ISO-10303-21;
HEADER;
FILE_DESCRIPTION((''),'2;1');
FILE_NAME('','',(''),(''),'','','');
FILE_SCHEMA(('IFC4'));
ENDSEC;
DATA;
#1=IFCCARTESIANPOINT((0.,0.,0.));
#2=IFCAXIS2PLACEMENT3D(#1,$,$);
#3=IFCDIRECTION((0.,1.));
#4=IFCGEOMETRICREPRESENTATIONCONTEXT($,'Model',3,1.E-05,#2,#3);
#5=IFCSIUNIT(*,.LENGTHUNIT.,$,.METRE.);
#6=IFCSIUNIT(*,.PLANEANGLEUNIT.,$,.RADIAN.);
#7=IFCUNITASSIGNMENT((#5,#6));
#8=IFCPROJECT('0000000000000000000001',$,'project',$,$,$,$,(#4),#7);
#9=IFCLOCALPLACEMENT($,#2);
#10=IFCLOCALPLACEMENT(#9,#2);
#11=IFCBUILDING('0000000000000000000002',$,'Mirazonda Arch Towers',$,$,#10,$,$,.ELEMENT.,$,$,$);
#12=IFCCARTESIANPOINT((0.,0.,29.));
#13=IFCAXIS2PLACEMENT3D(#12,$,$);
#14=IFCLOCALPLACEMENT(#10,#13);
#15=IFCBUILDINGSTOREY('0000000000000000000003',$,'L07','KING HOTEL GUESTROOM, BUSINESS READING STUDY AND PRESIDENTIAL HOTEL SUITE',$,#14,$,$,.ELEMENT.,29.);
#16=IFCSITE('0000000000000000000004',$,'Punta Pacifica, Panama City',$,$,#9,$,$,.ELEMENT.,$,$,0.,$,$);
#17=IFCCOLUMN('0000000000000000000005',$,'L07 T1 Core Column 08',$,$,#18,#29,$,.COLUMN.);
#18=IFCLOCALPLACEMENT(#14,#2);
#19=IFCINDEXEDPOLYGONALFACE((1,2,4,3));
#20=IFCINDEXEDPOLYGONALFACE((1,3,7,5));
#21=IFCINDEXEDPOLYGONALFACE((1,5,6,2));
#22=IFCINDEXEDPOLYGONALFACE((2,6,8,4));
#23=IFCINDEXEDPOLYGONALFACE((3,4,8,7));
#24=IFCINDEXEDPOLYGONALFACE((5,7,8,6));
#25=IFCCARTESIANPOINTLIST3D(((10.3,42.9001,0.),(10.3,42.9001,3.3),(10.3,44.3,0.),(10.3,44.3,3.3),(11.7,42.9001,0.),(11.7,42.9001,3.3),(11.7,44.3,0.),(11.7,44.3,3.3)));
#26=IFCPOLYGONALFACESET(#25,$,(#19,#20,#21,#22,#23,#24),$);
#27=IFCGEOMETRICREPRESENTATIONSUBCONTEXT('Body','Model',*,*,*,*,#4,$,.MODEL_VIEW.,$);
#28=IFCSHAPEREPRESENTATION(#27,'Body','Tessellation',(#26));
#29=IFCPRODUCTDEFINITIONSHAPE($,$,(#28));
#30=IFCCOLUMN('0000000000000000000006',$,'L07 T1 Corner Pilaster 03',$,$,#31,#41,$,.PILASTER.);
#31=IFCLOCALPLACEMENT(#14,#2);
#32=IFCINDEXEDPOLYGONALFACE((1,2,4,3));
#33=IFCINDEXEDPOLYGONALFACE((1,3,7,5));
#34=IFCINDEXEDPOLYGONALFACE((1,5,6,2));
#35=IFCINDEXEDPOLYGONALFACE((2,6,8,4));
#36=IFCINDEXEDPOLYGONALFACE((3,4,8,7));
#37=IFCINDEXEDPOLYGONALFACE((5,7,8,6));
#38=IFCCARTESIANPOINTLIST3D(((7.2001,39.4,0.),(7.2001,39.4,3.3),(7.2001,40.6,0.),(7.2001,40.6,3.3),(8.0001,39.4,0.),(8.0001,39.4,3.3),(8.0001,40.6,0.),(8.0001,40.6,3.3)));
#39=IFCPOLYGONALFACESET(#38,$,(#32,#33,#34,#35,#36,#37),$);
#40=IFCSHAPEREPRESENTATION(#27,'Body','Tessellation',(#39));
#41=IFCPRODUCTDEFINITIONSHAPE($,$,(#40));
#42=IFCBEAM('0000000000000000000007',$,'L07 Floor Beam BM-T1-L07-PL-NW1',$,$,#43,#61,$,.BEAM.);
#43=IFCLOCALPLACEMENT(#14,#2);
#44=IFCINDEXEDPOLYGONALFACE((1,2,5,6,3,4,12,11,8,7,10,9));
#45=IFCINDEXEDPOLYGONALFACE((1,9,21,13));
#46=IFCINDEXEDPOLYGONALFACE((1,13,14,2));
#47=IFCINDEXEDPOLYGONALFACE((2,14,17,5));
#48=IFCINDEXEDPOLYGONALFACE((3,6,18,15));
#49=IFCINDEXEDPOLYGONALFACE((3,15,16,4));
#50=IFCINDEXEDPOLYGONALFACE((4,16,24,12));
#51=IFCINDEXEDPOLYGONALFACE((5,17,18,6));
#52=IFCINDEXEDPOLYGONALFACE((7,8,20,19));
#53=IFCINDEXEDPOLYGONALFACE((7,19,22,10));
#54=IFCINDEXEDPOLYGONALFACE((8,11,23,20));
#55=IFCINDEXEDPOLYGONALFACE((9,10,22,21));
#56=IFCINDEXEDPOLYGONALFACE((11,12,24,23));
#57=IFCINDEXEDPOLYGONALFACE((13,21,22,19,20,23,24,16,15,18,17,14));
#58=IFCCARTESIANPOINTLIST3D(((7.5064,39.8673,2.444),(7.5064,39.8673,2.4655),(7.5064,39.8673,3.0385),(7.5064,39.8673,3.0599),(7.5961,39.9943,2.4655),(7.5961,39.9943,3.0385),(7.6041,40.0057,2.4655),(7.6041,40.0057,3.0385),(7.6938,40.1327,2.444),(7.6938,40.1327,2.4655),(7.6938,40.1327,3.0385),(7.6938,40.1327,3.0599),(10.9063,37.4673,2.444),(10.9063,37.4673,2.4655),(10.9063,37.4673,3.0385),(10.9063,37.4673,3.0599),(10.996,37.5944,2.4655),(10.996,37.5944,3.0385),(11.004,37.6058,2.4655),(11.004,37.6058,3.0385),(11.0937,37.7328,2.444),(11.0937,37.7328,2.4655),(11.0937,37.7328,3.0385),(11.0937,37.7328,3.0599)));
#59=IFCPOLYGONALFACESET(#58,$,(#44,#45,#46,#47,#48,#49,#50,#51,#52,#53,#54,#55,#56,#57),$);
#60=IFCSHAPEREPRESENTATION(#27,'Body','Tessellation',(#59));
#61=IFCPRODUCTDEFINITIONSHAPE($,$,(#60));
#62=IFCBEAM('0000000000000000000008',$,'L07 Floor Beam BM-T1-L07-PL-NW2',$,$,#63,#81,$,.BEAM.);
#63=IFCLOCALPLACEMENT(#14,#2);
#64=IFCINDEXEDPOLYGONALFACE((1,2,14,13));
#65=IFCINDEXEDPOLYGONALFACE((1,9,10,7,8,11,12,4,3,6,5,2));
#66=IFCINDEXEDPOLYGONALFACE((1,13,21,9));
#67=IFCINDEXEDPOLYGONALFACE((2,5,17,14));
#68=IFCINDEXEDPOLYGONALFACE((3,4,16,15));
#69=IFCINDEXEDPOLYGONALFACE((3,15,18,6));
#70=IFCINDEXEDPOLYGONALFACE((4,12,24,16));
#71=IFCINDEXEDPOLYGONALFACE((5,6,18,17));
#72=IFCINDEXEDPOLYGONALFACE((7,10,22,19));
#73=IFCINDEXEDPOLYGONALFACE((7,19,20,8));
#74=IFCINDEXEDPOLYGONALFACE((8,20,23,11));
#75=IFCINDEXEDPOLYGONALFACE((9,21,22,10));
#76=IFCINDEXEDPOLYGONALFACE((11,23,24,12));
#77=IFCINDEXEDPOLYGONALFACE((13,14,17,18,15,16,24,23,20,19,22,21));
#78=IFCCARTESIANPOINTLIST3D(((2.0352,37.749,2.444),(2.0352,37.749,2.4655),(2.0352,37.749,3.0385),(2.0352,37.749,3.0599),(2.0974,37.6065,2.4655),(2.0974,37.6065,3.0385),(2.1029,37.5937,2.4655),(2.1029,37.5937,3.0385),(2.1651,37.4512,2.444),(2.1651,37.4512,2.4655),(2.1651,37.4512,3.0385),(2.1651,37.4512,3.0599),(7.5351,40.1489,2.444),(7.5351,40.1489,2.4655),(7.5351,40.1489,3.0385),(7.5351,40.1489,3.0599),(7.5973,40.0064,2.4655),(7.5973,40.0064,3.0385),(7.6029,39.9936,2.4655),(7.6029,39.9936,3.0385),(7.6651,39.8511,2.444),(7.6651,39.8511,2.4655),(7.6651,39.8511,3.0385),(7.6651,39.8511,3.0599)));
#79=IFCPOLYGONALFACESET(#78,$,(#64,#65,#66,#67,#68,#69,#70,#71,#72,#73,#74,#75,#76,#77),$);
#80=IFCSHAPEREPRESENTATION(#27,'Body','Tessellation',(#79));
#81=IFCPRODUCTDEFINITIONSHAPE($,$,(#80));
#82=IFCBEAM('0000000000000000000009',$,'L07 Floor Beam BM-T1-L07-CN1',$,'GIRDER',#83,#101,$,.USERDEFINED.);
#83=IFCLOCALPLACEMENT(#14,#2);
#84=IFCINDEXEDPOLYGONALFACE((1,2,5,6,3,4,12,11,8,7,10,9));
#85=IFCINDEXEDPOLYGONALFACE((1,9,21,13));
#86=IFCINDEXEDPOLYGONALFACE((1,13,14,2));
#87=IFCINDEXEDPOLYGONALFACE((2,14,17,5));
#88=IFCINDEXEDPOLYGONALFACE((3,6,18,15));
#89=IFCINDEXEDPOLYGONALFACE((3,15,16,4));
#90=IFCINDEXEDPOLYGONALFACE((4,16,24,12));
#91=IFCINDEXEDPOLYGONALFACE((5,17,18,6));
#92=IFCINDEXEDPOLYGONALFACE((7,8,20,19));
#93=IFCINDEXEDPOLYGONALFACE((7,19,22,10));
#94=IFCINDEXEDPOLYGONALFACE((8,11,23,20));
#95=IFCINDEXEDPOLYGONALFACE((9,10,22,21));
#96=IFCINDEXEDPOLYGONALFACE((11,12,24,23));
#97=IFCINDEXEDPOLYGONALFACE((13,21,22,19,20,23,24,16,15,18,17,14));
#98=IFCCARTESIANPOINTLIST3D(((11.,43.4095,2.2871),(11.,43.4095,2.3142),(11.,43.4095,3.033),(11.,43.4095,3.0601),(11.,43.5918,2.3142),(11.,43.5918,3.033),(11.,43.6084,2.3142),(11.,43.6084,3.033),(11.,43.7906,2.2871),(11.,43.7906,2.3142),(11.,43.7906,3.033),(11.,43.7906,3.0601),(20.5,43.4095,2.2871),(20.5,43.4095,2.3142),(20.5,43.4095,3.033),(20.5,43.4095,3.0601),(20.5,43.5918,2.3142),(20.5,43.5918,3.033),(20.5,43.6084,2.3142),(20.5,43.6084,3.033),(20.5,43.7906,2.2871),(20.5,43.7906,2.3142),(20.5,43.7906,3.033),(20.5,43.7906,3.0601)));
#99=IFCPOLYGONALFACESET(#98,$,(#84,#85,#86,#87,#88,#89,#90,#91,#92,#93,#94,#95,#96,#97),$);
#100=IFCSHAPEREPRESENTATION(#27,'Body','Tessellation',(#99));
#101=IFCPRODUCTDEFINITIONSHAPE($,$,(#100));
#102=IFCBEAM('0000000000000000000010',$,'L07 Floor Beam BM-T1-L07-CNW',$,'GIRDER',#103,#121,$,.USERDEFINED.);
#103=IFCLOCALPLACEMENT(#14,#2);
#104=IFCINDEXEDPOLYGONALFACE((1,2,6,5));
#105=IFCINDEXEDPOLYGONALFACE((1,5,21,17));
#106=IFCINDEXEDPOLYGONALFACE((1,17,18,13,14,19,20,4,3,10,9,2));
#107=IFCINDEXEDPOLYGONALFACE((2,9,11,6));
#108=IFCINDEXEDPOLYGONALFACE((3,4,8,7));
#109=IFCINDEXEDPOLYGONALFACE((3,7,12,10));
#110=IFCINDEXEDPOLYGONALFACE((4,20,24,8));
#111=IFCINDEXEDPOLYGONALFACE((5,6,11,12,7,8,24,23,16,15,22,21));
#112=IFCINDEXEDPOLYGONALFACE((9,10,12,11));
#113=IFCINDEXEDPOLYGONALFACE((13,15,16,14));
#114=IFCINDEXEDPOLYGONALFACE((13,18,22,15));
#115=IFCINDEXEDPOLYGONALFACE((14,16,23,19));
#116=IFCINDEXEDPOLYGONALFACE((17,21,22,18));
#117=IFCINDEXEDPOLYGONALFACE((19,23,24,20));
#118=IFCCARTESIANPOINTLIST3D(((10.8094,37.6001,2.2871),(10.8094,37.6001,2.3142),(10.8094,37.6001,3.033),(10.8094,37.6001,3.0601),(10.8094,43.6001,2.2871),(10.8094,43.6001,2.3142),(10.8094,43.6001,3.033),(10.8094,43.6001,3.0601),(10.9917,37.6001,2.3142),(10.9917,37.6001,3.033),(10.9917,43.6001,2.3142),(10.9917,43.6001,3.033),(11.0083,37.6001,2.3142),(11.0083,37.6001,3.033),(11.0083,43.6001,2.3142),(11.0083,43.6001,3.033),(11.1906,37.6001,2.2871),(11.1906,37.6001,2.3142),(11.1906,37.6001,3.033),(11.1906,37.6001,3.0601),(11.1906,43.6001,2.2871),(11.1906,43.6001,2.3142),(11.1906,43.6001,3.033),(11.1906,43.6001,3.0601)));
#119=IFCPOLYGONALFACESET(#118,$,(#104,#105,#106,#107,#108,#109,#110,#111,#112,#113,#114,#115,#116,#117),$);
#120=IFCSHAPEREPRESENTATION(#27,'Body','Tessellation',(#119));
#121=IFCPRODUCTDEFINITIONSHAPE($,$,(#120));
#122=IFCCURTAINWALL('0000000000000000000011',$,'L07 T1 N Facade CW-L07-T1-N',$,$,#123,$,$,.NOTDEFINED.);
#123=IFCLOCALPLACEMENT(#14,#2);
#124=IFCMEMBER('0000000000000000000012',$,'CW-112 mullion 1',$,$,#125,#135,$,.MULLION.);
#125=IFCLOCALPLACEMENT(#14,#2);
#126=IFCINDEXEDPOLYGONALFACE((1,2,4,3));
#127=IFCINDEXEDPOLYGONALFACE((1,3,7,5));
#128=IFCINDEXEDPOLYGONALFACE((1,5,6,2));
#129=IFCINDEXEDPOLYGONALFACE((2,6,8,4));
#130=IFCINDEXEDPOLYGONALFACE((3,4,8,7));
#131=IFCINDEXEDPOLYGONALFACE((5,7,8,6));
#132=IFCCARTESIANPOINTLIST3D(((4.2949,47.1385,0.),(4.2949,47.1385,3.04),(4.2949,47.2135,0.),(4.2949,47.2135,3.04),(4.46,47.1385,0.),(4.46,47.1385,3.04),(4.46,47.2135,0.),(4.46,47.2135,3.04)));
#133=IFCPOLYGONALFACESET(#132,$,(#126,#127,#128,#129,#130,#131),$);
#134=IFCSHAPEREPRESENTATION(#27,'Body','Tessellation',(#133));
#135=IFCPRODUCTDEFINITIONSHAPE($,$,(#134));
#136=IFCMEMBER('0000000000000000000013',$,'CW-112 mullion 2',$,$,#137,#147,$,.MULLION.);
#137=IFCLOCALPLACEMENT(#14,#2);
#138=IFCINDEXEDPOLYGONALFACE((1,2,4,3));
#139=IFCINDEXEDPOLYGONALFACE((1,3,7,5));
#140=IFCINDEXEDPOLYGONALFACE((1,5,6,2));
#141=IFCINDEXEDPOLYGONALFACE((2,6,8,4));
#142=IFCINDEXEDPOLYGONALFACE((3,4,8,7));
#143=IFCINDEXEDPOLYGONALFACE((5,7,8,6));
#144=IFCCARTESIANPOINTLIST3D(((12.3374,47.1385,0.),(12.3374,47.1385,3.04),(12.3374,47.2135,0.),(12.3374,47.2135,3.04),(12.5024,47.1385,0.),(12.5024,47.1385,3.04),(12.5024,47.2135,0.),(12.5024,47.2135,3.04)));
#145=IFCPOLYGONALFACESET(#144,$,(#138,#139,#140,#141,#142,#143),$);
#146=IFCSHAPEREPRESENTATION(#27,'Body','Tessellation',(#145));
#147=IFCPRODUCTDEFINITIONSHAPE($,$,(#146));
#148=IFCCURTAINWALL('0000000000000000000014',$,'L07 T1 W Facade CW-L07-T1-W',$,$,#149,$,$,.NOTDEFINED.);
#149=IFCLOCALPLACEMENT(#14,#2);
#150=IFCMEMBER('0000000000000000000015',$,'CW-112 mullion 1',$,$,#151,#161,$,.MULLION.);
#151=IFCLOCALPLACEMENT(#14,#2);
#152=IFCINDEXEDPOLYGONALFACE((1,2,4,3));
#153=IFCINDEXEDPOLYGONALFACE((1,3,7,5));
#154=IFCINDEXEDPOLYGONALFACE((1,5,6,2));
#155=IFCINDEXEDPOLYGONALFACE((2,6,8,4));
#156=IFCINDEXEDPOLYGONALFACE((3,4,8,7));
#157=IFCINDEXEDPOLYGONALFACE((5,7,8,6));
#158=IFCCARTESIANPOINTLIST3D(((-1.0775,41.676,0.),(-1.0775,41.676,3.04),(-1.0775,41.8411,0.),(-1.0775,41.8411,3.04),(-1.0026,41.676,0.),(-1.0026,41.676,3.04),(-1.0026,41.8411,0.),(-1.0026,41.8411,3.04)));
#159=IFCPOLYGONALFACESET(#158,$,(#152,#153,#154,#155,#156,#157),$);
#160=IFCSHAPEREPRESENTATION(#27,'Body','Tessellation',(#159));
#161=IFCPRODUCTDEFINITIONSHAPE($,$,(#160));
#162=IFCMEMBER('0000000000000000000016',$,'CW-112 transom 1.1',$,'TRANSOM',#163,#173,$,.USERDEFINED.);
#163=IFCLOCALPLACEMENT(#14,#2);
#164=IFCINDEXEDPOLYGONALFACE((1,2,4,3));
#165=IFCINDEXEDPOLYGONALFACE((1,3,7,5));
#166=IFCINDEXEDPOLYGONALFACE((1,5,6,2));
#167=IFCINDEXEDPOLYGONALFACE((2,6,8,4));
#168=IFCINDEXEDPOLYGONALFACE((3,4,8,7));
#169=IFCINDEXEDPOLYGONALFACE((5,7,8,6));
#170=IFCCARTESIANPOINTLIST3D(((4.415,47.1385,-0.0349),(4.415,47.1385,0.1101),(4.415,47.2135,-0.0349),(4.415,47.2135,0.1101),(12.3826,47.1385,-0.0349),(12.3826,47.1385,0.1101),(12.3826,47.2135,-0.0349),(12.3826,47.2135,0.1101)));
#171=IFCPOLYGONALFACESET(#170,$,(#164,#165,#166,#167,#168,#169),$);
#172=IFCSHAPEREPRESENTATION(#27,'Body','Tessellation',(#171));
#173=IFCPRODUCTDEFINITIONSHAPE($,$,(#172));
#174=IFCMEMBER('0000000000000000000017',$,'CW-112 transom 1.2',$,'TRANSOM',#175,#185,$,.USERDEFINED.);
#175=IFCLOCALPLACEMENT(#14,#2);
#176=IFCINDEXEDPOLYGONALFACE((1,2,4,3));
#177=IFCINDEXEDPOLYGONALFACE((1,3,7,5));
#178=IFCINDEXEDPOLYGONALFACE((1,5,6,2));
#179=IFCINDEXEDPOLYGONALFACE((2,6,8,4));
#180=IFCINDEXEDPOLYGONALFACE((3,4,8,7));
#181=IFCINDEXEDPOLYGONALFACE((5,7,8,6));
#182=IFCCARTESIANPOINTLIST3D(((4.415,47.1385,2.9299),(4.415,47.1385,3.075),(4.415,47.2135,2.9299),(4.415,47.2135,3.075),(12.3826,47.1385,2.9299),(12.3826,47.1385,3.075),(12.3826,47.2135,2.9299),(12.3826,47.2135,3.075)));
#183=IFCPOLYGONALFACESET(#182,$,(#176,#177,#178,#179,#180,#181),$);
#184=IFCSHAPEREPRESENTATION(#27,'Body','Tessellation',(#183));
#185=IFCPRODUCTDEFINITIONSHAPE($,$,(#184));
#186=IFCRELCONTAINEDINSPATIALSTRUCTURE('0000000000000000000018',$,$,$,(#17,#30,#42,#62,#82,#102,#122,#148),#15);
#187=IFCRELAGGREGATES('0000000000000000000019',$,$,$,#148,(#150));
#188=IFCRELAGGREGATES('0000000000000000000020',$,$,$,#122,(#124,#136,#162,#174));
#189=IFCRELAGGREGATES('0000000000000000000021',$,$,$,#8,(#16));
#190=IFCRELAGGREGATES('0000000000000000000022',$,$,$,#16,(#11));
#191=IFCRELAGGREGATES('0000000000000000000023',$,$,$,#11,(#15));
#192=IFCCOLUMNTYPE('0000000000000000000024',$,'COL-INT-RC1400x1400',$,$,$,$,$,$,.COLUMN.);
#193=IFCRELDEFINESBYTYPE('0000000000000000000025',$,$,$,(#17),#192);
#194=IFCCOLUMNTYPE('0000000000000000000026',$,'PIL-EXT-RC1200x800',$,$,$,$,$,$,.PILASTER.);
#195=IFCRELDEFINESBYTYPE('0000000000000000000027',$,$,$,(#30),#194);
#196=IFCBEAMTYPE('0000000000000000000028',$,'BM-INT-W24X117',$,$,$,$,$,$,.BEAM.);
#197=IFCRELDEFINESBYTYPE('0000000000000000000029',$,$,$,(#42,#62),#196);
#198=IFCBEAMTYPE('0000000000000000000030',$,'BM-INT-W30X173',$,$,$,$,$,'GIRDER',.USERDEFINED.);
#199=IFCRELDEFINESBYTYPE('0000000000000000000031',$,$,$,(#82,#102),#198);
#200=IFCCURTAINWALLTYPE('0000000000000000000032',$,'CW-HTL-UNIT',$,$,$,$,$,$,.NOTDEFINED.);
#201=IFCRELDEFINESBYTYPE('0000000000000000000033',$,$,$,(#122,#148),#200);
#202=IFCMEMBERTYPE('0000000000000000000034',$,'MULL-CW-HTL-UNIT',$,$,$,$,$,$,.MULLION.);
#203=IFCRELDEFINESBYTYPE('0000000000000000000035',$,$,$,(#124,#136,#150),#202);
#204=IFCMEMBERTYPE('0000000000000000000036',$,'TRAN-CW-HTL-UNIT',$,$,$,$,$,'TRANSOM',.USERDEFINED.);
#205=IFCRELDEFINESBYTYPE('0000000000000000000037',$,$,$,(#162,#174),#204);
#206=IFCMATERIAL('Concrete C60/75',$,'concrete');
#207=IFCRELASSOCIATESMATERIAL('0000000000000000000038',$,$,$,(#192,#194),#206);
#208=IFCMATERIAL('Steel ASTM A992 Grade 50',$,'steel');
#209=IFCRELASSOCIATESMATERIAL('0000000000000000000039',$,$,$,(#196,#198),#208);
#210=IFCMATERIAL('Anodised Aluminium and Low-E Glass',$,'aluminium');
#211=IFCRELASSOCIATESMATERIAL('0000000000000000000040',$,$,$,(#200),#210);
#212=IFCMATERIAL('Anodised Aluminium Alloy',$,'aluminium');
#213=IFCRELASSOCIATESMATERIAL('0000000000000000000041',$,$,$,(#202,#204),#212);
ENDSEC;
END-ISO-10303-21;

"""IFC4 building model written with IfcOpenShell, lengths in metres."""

from ifc_helpers import new_model, si_unit, direction, frame, origin, origin_2d, place, context, subcontext, project, spatial, rectangle, i_section, extrude, material, material_profile, profile_set, type_object, element, aggregate, save


model = new_model("IFC4")

# Units and contexts
model_context = context("Model", 3, precision=1e-05, world=origin(), true_north=direction((0.0, 1.0)))
body_context = subcontext(model_context, "Body", "Model", "MODEL_VIEW")
ifc_project = project(units=[si_unit("LENGTHUNIT", "METRE"), si_unit("PLANEANGLEUNIT", "RADIAN")], contexts=[model_context])

# Site, building, storey
site_placement = place(None, origin())
site = spatial("IfcSite", under=ifc_project, at=site_placement, Name="Punta Pacifica, Panama City", CompositionType="ELEMENT", RefElevation=0.0)
building_placement = place(site_placement, origin())
building = spatial("IfcBuilding", under=site, at=building_placement, Name="Mirazonda Arch Towers", CompositionType="ELEMENT")
storey_placement = place(building_placement, frame((0.0, 0.0, 29.0)))
storey = spatial("IfcBuildingStorey", under=building, at=storey_placement, Name="L07", Description="KING HOTEL GUESTROOM, BUSINESS READING STUDY AND PRESIDENTIAL HOTEL SUITE", CompositionType="ELEMENT", Elevation=29.0)

# Columns
ifc_material_1 = material(Name="Concrete C60/75", Category="concrete")
ifc_material_profile_1 = material_profile(ifc_material_1, rectangle(XDim=1.3999, YDim=1.3999, at=origin_2d()), Name="RC1400x1400")
ifc_profile_set_1 = profile_set([ifc_material_profile_1], Name="Concrete C60/75")
column_type_1 = type_object("IfcColumnType", Name="COL-INT-RC1400x1400", PredefinedType="COLUMN", material=ifc_profile_set_1)
column_1_placement = place(storey_placement, frame((11.0, 43.6001, 0.0), z_axis=(0.0, 0.0, 1.0), x_axis=(1.0, 0.0, 0.0)))
element("IfcColumn", 1, at=column_1_placement, inside=storey, type_object=column_type_1, Name="L07 T1 Core Column 08", PredefinedType="COLUMN", context=body_context, shape_type="SweptSolid", body=[
    extrude(rectangle(XDim=1.3999, YDim=1.3999, at=origin_2d()), origin(), (0.0, 0.0, 1.0), 3.3),
])
ifc_material_profile_2 = material_profile(ifc_material_1, rectangle(XDim=0.8, YDim=1.2, at=origin_2d()), Name="RC1200x800")
ifc_profile_set_2 = profile_set([ifc_material_profile_2], Name="Concrete C60/75")
column_type_2 = type_object("IfcColumnType", Name="PIL-EXT-RC1200x800", PredefinedType="PILASTER", material=ifc_profile_set_2)
column_2_placement = place(storey_placement, frame((7.6001, 40.0, 0.0), z_axis=(0.0, 0.0, 1.0), x_axis=(1.0, 0.0, 0.0)))
element("IfcColumn", 2, at=column_2_placement, inside=storey, type_object=column_type_2, Name="L07 T1 Corner Pilaster 03", PredefinedType="PILASTER", context=body_context, shape_type="SweptSolid", body=[
    extrude(rectangle(XDim=0.8, YDim=1.2, at=origin_2d()), origin(), (0.0, 0.0, 1.0), 3.3),
])

# Beams
ifc_material_2 = material(Name="Steel ASTM A992 Grade 50", Category="steel")
ifc_material_profile_3 = material_profile(ifc_material_2, i_section(OverallWidth=0.325, OverallDepth=0.616, WebThickness=0.0139, FlangeThickness=0.0215, at=origin_2d()), Name="W24X117")
ifc_profile_set_3 = profile_set([ifc_material_profile_3], Name="Steel ASTM A992 Grade 50")
beam_type_1 = type_object("IfcBeamType", Name="BM-INT-W24X117", PredefinedType="BEAM", material=ifc_profile_set_3)
beam_1_placement = place(storey_placement, frame((7.6001, 40.0, 2.752), z_axis=(0.816971, -0.576679, 0.0), x_axis=(0.576679, 0.816971, 0.0)))
element("IfcBeam", 3, at=beam_1_placement, inside=storey, type_object=beam_type_1, Name="L07 Floor Beam BM-T1-L07-PL-NW1", PredefinedType="BEAM", context=body_context, shape_type="SweptSolid", body=[
    extrude(i_section(OverallWidth=0.325, OverallDepth=0.616, WebThickness=0.0139, FlangeThickness=0.0215, at=origin_2d()), origin(), (0.0, 0.0, 1.0), 4.1616),
])
beam_2_placement = place(storey_placement, frame((7.6001, 40.0, 2.752), z_axis=(-0.916545, -0.399931, 0.0), x_axis=(0.399931, -0.916545, 0.0)))
element("IfcBeam", 4, at=beam_2_placement, inside=storey, type_object=beam_type_1, Name="L07 Floor Beam BM-T1-L07-PL-NW2", PredefinedType="BEAM", context=body_context, shape_type="SweptSolid", body=[
    extrude(i_section(OverallWidth=0.325, OverallDepth=0.616, WebThickness=0.0139, FlangeThickness=0.0215, at=origin_2d()), origin(), (0.0, 0.0, 1.0), 6.0007),
])
ifc_material_profile_4 = material_profile(ifc_material_2, i_section(OverallWidth=0.3811, OverallDepth=0.7729, WebThickness=0.0166, FlangeThickness=0.0271, at=origin_2d()), Name="W30X173")
ifc_profile_set_4 = profile_set([ifc_material_profile_4], Name="Steel ASTM A992 Grade 50")
beam_type_2 = type_object("IfcBeamType", Name="BM-INT-W30X173", ElementType="GIRDER", PredefinedType="USERDEFINED", material=ifc_profile_set_4)
beam_3_placement = place(storey_placement, frame((11.0, 43.6001, 2.6736), z_axis=(1.0, 0.0, 0.0), x_axis=(0.0, 1.0, 0.0)))
element("IfcBeam", 5, at=beam_3_placement, inside=storey, type_object=beam_type_2, Name="L07 Floor Beam BM-T1-L07-CN1", ObjectType="GIRDER", PredefinedType="USERDEFINED", context=body_context, shape_type="SweptSolid", body=[
    extrude(i_section(OverallWidth=0.3811, OverallDepth=0.7729, WebThickness=0.0166, FlangeThickness=0.0271, at=origin_2d()), origin(), (0.0, 0.0, 1.0), 9.5),
])
beam_4_placement = place(storey_placement, frame((11.0, 37.6001, 2.6736), z_axis=(0.0, 1.0, 0.0), x_axis=(-1.0, 0.0, 0.0)))
element("IfcBeam", 6, at=beam_4_placement, inside=storey, type_object=beam_type_2, Name="L07 Floor Beam BM-T1-L07-CNW", ObjectType="GIRDER", PredefinedType="USERDEFINED", context=body_context, shape_type="SweptSolid", body=[
    extrude(i_section(OverallWidth=0.3811, OverallDepth=0.7729, WebThickness=0.0166, FlangeThickness=0.0271, at=origin_2d()), origin(), (0.0, 0.0, 1.0), 6.0),
])

# Curtain wall, members
ifc_material_3 = material(Name="Anodised Aluminium and Low-E Glass", Category="aluminium")
curtain_wall_type = type_object("IfcCurtainWallType", Name="CW-HTL-UNIT", PredefinedType="NOTDEFINED", material=ifc_material_3)
curtain_wall_1_placement = place(storey_placement, origin())
curtain_wall_1 = element("IfcCurtainWall", 7, at=curtain_wall_1_placement, inside=storey, type_object=curtain_wall_type, Name="L07 T1 N Facade CW-L07-T1-N", PredefinedType="NOTDEFINED")
ifc_material_4 = material(Name="Anodised Aluminium Alloy", Category="aluminium")
ifc_material_profile_5 = material_profile(ifc_material_4, rectangle(XDim=0.075, YDim=0.165, at=origin_2d()), Name="ALU-MULL-75x165")
ifc_profile_set_5 = profile_set([ifc_material_profile_5], Name="Anodised Aluminium Alloy")
member_type_1 = type_object("IfcMemberType", Name="MULL-CW-HTL-UNIT", PredefinedType="MULLION", material=ifc_profile_set_5)
member_1_placement = place(storey_placement, frame((4.3774, 47.176, 0.0), z_axis=(0.0, 0.0, 1.0), x_axis=(0.0, 1.0, 0.0)))
member_1 = element("IfcMember", 8, at=member_1_placement, type_object=member_type_1, Name="CW-112 mullion 1", PredefinedType="MULLION", context=body_context, shape_type="SweptSolid", body=[
    extrude(rectangle(XDim=0.075, YDim=0.165, at=origin_2d()), origin(), (0.0, 0.0, 1.0), 3.04),
])
member_2_placement = place(storey_placement, frame((12.4199, 47.176, 0.0), z_axis=(0.0, 0.0, 1.0), x_axis=(0.0, 1.0, 0.0)))
member_2 = element("IfcMember", 9, at=member_2_placement, type_object=member_type_1, Name="CW-112 mullion 2", PredefinedType="MULLION", context=body_context, shape_type="SweptSolid", body=[
    extrude(rectangle(XDim=0.075, YDim=0.165, at=origin_2d()), origin(), (0.0, 0.0, 1.0), 3.04),
])

# Curtain wall, member
curtain_wall_2_placement = place(storey_placement, origin())
curtain_wall_2 = element("IfcCurtainWall", 10, at=curtain_wall_2_placement, inside=storey, type_object=curtain_wall_type, Name="L07 T1 W Facade CW-L07-T1-W", PredefinedType="NOTDEFINED")
member_3_placement = place(storey_placement, frame((-1.04, 41.7585, 0.0), z_axis=(0.0, 0.0, 1.0), x_axis=(1.0, 0.0, 0.0)))
member_3 = element("IfcMember", 11, at=member_3_placement, type_object=member_type_1, Name="CW-112 mullion 1", PredefinedType="MULLION", context=body_context, shape_type="SweptSolid", body=[
    extrude(rectangle(XDim=0.075, YDim=0.165, at=origin_2d()), origin(), (0.0, 0.0, 1.0), 3.04),
])

# Members
ifc_material_profile_6 = material_profile(ifc_material_4, rectangle(XDim=0.075, YDim=0.145, at=origin_2d()), Name="ALU-TRAN-75x145")
ifc_profile_set_6 = profile_set([ifc_material_profile_6], Name="Anodised Aluminium Alloy")
member_type_2 = type_object("IfcMemberType", Name="TRAN-CW-HTL-UNIT", ElementType="TRANSOM", PredefinedType="USERDEFINED", material=ifc_profile_set_6)
member_4_placement = place(storey_placement, frame((4.415, 47.176, 0.0376), z_axis=(1.0, 0.0, 0.0), x_axis=(0.0, 1.0, 0.0)))
member_4 = element("IfcMember", 12, at=member_4_placement, type_object=member_type_2, Name="CW-112 transom 1.1", ObjectType="TRANSOM", PredefinedType="USERDEFINED", context=body_context, shape_type="SweptSolid", body=[
    extrude(rectangle(XDim=0.075, YDim=0.145, at=origin_2d()), origin(), (0.0, 0.0, 1.0), 7.9675),
])
member_5_placement = place(storey_placement, frame((4.415, 47.176, 3.0024), z_axis=(1.0, 0.0, 0.0), x_axis=(0.0, 1.0, 0.0)))
member_5 = element("IfcMember", 13, at=member_5_placement, type_object=member_type_2, Name="CW-112 transom 1.2", ObjectType="TRANSOM", PredefinedType="USERDEFINED", context=body_context, shape_type="SweptSolid", body=[
    extrude(rectangle(XDim=0.075, YDim=0.145, at=origin_2d()), origin(), (0.0, 0.0, 1.0), 7.9675),
])
aggregate(curtain_wall_2, [member_3])

aggregate(curtain_wall_1, [member_1, member_2, member_4, member_5])

save(model, "model.ifc")
